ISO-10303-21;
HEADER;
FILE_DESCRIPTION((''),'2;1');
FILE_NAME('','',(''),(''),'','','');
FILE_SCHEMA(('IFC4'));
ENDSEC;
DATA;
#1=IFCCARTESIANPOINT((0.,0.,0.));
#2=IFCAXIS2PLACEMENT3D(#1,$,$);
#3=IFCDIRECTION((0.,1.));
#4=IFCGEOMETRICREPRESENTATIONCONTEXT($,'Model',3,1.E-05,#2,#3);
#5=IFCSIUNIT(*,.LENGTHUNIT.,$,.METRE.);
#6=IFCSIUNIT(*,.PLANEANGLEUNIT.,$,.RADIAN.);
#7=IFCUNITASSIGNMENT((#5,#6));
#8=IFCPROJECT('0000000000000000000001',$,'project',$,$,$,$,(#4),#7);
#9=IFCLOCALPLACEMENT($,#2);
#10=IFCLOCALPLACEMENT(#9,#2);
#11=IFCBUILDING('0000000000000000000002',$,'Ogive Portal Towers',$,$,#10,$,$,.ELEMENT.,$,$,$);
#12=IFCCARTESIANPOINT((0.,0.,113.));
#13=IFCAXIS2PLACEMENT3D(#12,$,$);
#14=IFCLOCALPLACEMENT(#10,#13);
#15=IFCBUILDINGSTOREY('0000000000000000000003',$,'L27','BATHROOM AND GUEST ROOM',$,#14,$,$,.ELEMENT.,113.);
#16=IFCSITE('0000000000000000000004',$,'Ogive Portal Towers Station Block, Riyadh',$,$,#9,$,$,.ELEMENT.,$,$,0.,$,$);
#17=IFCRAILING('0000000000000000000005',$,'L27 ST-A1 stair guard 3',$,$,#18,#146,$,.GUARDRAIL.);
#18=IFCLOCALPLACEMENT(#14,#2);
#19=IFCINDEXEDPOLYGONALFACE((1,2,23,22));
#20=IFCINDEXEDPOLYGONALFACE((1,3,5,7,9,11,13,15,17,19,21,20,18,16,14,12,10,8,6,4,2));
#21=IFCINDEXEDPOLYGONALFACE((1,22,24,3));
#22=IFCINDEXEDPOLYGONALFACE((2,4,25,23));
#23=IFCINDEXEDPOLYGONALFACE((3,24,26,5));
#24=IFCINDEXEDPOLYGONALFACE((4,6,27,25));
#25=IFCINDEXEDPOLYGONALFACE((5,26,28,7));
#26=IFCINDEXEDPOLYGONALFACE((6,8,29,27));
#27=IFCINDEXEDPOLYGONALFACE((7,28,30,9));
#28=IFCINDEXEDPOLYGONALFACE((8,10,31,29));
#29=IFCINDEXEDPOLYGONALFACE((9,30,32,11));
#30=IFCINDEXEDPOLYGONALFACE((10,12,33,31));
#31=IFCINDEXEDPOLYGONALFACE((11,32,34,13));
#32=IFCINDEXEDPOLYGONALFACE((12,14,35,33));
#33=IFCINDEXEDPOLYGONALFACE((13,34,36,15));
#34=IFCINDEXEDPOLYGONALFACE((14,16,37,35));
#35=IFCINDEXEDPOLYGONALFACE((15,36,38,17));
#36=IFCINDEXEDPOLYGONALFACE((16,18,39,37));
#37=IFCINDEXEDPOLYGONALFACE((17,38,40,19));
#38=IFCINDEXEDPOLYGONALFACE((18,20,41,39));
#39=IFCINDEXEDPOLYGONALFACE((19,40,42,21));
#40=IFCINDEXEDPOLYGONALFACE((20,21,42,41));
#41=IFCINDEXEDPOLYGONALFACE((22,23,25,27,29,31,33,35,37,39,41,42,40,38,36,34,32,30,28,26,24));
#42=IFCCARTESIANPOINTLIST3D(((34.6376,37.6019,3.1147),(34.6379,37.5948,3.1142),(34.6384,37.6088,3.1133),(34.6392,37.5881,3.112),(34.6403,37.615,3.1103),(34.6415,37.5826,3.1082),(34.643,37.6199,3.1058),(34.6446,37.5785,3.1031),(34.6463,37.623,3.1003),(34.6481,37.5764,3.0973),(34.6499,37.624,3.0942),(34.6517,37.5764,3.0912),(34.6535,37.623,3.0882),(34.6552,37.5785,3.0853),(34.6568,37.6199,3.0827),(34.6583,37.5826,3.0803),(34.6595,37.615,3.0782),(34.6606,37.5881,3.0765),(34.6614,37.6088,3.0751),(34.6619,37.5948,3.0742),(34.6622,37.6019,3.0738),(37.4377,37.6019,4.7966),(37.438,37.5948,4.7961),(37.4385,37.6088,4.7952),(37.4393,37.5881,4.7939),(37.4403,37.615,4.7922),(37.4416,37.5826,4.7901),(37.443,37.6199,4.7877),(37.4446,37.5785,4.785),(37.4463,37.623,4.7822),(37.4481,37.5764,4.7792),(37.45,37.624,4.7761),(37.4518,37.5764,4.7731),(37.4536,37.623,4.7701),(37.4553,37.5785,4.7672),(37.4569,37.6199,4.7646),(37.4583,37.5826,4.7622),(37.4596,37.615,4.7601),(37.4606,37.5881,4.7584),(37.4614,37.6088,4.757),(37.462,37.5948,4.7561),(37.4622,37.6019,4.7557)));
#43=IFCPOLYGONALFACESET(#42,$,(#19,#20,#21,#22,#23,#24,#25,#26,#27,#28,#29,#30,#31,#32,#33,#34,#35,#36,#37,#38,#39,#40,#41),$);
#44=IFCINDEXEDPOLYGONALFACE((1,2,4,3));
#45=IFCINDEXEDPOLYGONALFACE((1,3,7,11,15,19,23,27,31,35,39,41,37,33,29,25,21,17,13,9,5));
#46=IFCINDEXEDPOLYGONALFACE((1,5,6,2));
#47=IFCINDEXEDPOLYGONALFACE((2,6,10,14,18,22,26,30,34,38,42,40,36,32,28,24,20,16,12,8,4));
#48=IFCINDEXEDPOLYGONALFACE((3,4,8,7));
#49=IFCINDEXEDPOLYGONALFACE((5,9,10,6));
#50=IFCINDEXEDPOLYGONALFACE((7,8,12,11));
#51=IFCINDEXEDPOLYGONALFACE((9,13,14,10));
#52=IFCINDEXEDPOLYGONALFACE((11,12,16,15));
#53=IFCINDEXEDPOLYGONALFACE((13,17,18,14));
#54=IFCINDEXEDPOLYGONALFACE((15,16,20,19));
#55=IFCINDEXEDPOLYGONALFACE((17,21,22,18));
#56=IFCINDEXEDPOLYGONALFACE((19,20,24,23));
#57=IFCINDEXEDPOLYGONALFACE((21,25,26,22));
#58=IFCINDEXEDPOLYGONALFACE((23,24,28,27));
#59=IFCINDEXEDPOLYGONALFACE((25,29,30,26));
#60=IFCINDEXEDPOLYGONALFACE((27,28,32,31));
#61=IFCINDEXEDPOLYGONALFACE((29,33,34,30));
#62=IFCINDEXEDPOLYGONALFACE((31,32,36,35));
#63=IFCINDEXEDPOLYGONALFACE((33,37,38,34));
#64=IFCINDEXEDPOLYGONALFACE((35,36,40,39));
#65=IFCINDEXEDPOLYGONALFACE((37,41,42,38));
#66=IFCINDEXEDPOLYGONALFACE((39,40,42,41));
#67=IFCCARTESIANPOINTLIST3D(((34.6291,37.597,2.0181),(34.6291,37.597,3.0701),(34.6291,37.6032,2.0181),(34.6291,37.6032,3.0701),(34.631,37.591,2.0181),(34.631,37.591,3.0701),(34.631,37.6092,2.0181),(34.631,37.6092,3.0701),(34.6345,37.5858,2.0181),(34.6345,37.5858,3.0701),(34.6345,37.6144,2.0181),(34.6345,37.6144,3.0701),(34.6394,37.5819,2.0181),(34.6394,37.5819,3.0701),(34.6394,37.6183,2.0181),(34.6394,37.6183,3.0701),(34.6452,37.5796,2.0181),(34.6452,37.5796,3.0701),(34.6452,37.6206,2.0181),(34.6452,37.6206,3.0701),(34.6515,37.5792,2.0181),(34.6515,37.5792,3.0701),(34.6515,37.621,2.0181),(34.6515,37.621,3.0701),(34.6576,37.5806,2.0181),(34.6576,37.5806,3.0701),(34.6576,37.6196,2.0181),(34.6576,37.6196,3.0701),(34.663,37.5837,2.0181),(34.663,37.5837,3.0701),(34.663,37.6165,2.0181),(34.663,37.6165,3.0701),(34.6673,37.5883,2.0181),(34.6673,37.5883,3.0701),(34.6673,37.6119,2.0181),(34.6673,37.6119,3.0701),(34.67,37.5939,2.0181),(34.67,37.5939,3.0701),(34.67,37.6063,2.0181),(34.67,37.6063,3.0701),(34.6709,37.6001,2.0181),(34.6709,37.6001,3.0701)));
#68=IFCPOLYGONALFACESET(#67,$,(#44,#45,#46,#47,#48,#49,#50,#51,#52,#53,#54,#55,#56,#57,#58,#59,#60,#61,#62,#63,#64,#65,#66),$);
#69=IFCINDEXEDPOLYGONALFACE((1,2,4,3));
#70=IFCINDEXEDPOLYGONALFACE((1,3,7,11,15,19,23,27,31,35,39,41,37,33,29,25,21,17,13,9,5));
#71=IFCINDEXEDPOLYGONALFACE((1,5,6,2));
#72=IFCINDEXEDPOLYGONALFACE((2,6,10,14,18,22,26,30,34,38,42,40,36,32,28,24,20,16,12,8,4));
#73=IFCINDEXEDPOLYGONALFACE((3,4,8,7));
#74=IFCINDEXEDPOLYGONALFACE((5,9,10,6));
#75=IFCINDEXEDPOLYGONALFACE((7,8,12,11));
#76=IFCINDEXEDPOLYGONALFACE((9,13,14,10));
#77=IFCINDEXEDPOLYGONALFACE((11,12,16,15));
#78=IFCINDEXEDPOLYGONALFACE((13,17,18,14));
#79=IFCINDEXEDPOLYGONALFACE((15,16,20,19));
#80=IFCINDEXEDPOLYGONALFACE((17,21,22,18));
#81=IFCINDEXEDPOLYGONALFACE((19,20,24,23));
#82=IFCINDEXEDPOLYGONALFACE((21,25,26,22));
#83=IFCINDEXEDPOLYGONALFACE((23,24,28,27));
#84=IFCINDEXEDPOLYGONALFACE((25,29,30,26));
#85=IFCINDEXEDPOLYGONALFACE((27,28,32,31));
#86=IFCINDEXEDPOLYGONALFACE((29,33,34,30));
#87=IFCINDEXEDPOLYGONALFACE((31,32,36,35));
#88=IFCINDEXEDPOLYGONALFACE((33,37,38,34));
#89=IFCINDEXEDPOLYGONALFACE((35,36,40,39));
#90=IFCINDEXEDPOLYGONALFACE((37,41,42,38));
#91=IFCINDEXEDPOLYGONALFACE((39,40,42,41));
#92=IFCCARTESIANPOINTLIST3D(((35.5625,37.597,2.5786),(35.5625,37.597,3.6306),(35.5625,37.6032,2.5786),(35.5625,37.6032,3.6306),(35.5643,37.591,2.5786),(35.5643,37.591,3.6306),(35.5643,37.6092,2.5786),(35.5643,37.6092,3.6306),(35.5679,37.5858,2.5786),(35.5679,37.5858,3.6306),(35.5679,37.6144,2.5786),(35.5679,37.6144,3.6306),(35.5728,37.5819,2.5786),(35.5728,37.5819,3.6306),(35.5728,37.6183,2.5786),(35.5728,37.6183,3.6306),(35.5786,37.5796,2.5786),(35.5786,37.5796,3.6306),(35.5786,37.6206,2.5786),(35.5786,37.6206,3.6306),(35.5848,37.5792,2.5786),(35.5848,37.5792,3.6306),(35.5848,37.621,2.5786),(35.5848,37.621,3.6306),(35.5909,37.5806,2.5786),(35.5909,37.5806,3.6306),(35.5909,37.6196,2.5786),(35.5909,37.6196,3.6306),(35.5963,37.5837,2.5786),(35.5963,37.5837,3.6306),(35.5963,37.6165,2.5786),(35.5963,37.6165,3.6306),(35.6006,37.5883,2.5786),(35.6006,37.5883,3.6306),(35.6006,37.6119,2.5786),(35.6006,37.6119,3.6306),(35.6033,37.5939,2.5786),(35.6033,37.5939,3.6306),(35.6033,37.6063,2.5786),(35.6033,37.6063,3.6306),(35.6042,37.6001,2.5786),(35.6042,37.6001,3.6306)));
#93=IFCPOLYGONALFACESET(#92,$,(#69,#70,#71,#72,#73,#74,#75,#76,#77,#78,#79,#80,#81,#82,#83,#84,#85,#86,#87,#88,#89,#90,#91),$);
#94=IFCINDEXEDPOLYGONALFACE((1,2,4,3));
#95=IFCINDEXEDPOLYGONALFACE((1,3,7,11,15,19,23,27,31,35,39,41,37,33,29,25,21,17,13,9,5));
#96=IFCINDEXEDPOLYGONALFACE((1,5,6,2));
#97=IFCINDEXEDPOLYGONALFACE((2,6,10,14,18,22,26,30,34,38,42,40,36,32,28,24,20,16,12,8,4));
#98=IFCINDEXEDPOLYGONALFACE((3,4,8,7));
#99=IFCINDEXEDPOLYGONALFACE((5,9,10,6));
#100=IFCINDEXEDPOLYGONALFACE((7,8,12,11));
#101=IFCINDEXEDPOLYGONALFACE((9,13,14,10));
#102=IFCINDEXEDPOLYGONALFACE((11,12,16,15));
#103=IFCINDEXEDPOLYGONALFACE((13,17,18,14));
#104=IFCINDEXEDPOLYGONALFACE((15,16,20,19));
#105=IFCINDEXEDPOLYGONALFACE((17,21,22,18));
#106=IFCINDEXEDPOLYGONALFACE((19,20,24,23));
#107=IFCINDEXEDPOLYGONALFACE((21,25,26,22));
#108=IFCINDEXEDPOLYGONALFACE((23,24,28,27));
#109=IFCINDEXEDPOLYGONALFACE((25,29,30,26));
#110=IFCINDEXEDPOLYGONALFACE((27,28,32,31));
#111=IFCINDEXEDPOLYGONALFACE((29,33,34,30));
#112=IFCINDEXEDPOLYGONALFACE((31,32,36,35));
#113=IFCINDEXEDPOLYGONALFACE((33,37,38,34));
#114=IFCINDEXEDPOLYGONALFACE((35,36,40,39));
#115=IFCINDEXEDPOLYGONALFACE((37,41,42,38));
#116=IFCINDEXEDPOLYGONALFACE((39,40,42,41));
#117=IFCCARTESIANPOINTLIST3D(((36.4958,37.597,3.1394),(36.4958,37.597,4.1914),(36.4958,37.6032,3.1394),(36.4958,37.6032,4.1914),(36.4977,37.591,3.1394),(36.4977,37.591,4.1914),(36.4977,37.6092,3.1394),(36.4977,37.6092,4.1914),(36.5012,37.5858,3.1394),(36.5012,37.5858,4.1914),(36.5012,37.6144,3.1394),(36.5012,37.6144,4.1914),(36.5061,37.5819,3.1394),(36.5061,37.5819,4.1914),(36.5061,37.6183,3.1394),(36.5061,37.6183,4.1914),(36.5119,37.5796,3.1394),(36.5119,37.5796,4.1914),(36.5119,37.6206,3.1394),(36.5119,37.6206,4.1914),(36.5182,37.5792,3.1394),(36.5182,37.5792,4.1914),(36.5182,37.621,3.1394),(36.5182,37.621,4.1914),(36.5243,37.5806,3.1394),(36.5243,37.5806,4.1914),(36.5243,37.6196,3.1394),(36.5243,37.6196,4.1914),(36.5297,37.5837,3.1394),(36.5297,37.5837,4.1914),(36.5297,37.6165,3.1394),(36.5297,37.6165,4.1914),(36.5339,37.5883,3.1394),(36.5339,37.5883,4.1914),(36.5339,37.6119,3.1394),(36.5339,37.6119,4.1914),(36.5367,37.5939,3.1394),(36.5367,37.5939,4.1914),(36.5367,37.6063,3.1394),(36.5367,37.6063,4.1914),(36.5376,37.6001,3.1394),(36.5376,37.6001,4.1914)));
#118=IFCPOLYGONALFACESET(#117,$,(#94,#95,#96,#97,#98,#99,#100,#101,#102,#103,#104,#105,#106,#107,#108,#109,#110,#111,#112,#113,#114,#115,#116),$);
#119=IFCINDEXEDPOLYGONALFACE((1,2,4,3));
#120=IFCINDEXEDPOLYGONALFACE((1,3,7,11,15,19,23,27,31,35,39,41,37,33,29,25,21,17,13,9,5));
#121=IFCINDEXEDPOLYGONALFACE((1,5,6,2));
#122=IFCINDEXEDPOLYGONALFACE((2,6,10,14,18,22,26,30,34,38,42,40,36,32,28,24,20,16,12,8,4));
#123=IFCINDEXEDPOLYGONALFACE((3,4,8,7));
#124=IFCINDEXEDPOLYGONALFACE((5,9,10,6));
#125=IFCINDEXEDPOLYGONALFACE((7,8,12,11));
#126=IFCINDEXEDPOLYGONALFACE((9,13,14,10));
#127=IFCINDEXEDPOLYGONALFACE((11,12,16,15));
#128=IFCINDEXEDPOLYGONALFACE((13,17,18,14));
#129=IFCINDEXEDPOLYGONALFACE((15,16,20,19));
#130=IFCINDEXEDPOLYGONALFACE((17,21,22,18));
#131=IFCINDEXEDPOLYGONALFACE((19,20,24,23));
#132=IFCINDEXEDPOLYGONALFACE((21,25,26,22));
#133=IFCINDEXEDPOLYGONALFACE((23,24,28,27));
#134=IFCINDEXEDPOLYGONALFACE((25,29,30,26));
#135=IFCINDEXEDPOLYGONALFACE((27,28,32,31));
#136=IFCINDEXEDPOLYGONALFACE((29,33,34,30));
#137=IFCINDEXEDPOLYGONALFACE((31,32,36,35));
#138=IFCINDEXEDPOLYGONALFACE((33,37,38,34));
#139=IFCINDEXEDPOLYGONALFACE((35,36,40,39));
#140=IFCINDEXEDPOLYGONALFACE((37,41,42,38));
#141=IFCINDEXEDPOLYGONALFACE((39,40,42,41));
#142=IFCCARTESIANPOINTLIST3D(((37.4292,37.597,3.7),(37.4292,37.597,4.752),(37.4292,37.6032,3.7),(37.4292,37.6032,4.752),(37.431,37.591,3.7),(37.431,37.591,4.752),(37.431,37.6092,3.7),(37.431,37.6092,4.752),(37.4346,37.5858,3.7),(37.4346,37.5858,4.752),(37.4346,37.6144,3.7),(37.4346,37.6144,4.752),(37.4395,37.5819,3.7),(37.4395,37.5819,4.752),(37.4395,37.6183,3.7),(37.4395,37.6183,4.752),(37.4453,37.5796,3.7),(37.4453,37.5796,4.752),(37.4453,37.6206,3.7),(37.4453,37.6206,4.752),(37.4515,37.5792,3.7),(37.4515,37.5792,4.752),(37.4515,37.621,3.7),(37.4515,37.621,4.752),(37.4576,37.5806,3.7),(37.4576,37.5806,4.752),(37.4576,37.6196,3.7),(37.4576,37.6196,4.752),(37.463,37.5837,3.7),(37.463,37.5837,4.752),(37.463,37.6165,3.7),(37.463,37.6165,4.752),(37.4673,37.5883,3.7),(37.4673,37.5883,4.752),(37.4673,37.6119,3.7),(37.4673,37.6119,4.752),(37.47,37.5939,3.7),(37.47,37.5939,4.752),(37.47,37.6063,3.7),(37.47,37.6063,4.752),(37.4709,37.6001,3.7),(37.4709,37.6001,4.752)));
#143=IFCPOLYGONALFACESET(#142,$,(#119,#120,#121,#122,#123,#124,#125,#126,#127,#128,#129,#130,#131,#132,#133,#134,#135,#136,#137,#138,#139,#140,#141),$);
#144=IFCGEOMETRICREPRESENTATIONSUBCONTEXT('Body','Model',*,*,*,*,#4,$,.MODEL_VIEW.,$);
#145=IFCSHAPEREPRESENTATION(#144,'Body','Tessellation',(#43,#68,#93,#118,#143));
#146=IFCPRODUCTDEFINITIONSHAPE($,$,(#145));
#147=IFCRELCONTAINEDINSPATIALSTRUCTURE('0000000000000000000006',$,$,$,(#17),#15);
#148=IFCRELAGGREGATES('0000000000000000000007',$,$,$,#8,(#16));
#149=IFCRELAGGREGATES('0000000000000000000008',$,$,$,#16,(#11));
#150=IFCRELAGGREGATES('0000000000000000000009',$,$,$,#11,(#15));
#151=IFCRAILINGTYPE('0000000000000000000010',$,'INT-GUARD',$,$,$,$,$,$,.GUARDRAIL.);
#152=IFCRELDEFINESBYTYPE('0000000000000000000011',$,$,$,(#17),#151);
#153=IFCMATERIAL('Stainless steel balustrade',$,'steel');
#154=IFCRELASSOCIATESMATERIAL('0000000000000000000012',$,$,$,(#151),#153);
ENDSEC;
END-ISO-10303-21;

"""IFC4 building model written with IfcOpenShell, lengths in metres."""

from ifc_helpers import new_model, si_unit, direction, frame, origin, origin_2d, place, context, subcontext, project, spatial, circle, extrude, material, type_object, element, save


model = new_model("IFC4")

# Units and contexts
model_context = context("Model", 3, precision=1e-05, world=origin(), true_north=direction((0.0, 1.0)))
body_context = subcontext(model_context, "Body", "Model", "MODEL_VIEW")
ifc_project = project(units=[si_unit("LENGTHUNIT", "METRE"), si_unit("PLANEANGLEUNIT", "RADIAN")], contexts=[model_context])

# Site, building, storey
site_placement = place(None, origin())
site = spatial("IfcSite", under=ifc_project, at=site_placement, Name="Ogive Portal Towers Station Block, Riyadh", CompositionType="ELEMENT", RefElevation=0.0)
building_placement = place(site_placement, origin())
building = spatial("IfcBuilding", under=site, at=building_placement, Name="Ogive Portal Towers", CompositionType="ELEMENT")
storey_placement = place(building_placement, frame((0.0, 0.0, 113.0)))
storey = spatial("IfcBuildingStorey", under=building, at=storey_placement, Name="L27", Description="BATHROOM AND GUEST ROOM", CompositionType="ELEMENT", Elevation=113.0)

# Railing
ifc_material_1 = material(Name="Stainless steel balustrade", Category="steel")
railing_type_1 = type_object("IfcRailingType", Name="INT-GUARD", PredefinedType="GUARDRAIL", material=ifc_material_1)
railing_1_placement = place(storey_placement, frame((34.6499, 37.6001, 2.0181)))
element("IfcRailing", 1, at=railing_1_placement, inside=storey, type_object=railing_type_1, Name="L27 ST-A1 stair guard 3", PredefinedType="GUARDRAIL", context=body_context, shape_type="SweptSolid", body=[
    extrude(circle(Radius=0.0239, at=origin_2d()), frame((0.0, 0.0, 1.0762), z_axis=(0.857242, 0.0, 0.514913), x_axis=(0.0, 1.0, 0.0)), (0.0, 0.0, 1.0), 3.2664),
    extrude(circle(Radius=0.021, at=origin_2d()), origin(), (0.0, 0.0, 1.0), 1.052),
    extrude(circle(Radius=0.021, at=origin_2d()), frame((0.9333, 0.0, 0.5605)), (0.0, 0.0, 1.0), 1.052),
    extrude(circle(Radius=0.021, at=origin_2d()), frame((1.8667, 0.0, 1.1213)), (0.0, 0.0, 1.0), 1.052),
    extrude(circle(Radius=0.021, at=origin_2d()), frame((2.8, 0.0, 1.6819)), (0.0, 0.0, 1.0), 1.052),
])

save(model, "model.ifc")
